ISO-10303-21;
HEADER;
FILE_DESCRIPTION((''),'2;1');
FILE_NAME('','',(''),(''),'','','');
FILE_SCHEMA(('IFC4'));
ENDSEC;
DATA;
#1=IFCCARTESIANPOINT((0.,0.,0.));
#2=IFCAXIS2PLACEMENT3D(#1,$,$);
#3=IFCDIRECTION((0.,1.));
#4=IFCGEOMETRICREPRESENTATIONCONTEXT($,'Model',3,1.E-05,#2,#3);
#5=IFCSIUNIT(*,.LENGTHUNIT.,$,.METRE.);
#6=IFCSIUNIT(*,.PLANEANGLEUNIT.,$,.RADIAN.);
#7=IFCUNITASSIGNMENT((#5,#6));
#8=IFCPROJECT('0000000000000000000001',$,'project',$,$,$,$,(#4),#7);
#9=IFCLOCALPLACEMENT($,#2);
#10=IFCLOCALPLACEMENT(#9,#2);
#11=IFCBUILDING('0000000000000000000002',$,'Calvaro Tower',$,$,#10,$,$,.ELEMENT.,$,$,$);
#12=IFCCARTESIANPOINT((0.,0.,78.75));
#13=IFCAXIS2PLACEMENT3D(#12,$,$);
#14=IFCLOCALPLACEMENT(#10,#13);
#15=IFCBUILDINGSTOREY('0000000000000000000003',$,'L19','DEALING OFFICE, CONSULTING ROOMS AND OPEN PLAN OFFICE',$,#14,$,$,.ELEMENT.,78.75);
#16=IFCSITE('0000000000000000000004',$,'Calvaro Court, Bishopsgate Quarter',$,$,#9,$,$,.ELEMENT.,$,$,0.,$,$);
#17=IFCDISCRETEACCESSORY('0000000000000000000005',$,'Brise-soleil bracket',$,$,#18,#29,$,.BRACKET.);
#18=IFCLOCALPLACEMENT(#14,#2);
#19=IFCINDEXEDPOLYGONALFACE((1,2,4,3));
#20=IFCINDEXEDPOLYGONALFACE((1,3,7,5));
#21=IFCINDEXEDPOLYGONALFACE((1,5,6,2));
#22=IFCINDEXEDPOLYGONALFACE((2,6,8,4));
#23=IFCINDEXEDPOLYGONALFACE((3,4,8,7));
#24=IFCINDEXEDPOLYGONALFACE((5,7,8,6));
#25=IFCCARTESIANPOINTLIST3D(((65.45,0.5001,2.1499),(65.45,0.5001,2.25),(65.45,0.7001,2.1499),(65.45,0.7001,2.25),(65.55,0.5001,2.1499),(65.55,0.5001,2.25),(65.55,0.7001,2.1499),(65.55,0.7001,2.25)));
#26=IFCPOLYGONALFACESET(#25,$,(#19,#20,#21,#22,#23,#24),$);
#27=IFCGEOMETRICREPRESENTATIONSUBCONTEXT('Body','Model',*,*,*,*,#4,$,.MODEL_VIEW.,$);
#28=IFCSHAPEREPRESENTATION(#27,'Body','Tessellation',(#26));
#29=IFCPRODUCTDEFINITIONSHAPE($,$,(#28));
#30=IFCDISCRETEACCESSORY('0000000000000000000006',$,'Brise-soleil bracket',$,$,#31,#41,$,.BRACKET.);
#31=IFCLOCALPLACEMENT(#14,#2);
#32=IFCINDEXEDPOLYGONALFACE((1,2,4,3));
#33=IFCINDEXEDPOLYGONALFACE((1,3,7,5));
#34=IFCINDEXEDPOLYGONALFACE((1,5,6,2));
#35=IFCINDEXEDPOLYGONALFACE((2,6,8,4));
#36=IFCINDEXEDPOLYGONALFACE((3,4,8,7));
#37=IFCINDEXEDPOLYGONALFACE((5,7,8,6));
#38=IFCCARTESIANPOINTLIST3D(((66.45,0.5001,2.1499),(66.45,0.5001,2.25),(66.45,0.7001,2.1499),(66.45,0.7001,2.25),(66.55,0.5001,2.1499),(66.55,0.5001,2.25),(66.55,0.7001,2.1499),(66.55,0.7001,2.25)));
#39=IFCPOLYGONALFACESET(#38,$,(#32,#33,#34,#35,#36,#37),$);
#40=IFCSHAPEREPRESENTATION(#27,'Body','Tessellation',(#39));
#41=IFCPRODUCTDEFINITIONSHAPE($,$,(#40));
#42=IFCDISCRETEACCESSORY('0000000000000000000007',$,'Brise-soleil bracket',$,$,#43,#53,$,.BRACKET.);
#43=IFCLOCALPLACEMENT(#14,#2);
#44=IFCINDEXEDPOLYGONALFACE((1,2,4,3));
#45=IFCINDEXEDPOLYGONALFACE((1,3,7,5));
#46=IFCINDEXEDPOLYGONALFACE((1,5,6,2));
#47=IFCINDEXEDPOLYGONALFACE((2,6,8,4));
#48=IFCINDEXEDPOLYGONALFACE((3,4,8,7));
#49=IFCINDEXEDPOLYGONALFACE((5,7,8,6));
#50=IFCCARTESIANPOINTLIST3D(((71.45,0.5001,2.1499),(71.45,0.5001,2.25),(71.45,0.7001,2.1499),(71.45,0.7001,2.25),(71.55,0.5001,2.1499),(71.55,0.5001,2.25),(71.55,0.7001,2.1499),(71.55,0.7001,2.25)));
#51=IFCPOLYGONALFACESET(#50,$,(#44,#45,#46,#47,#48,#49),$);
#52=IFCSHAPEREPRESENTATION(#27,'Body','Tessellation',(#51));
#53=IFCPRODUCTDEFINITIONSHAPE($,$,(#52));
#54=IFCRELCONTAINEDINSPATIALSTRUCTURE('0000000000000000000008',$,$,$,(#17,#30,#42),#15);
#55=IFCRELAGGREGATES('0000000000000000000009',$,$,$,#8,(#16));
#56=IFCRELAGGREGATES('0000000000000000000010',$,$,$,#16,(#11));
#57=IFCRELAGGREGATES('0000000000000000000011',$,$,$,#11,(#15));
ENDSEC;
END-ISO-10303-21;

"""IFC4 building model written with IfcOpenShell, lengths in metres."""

from ifc_helpers import new_model, si_unit, direction, frame, origin, origin_2d, place, context, subcontext, project, spatial, rectangle, extrude, element, save


model = new_model("IFC4")

# Units and contexts
model_context = context("Model", 3, precision=1e-05, world=origin(), true_north=direction((0.0, 1.0)))
body_context = subcontext(model_context, "Body", "Model", "MODEL_VIEW")
ifc_project = project(units=[si_unit("LENGTHUNIT", "METRE"), si_unit("PLANEANGLEUNIT", "RADIAN")], contexts=[model_context])

# Site, building, storey
site_placement = place(None, origin())
site = spatial("IfcSite", under=ifc_project, at=site_placement, Name="Calvaro Court, Bishopsgate Quarter", CompositionType="ELEMENT", RefElevation=0.0)
building_placement = place(site_placement, origin())
building = spatial("IfcBuilding", under=site, at=building_placement, Name="Calvaro Tower", CompositionType="ELEMENT")
storey_placement = place(building_placement, frame((0.0, 0.0, 78.75)))
storey = spatial("IfcBuildingStorey", under=building, at=storey_placement, Name="L19", Description="DEALING OFFICE, CONSULTING ROOMS AND OPEN PLAN OFFICE", CompositionType="ELEMENT", Elevation=78.75)

# Discrete accessories
for number, where, z_axis, x_axis, name in (
    (1, (65.5, 0.6001, 2.1499), (0.0, 0.0, 1.0), (1.0, 0.0, 0.0), "Brise-soleil bracket"),
    (2, (66.5, 0.6001, 2.1499), (0.0, 0.0, 1.0), (1.0, 0.0, 0.0), "Brise-soleil bracket"),
    (3, (71.5, 0.6001, 2.1499), (0.0, 0.0, 1.0), (1.0, 0.0, 0.0), "Brise-soleil bracket"),
):
    element("IfcDiscreteAccessory", number, at=place(storey_placement, frame(where, z_axis=z_axis, x_axis=x_axis)), inside=storey, Name=name, PredefinedType="BRACKET", context=body_context, shape_type="SweptSolid", body=[
        extrude(rectangle(XDim=0.1001, YDim=0.2, at=origin_2d()), origin(), (0.0, 0.0, 1.0), 0.1001),
    ])

save(model, "model.ifc")
